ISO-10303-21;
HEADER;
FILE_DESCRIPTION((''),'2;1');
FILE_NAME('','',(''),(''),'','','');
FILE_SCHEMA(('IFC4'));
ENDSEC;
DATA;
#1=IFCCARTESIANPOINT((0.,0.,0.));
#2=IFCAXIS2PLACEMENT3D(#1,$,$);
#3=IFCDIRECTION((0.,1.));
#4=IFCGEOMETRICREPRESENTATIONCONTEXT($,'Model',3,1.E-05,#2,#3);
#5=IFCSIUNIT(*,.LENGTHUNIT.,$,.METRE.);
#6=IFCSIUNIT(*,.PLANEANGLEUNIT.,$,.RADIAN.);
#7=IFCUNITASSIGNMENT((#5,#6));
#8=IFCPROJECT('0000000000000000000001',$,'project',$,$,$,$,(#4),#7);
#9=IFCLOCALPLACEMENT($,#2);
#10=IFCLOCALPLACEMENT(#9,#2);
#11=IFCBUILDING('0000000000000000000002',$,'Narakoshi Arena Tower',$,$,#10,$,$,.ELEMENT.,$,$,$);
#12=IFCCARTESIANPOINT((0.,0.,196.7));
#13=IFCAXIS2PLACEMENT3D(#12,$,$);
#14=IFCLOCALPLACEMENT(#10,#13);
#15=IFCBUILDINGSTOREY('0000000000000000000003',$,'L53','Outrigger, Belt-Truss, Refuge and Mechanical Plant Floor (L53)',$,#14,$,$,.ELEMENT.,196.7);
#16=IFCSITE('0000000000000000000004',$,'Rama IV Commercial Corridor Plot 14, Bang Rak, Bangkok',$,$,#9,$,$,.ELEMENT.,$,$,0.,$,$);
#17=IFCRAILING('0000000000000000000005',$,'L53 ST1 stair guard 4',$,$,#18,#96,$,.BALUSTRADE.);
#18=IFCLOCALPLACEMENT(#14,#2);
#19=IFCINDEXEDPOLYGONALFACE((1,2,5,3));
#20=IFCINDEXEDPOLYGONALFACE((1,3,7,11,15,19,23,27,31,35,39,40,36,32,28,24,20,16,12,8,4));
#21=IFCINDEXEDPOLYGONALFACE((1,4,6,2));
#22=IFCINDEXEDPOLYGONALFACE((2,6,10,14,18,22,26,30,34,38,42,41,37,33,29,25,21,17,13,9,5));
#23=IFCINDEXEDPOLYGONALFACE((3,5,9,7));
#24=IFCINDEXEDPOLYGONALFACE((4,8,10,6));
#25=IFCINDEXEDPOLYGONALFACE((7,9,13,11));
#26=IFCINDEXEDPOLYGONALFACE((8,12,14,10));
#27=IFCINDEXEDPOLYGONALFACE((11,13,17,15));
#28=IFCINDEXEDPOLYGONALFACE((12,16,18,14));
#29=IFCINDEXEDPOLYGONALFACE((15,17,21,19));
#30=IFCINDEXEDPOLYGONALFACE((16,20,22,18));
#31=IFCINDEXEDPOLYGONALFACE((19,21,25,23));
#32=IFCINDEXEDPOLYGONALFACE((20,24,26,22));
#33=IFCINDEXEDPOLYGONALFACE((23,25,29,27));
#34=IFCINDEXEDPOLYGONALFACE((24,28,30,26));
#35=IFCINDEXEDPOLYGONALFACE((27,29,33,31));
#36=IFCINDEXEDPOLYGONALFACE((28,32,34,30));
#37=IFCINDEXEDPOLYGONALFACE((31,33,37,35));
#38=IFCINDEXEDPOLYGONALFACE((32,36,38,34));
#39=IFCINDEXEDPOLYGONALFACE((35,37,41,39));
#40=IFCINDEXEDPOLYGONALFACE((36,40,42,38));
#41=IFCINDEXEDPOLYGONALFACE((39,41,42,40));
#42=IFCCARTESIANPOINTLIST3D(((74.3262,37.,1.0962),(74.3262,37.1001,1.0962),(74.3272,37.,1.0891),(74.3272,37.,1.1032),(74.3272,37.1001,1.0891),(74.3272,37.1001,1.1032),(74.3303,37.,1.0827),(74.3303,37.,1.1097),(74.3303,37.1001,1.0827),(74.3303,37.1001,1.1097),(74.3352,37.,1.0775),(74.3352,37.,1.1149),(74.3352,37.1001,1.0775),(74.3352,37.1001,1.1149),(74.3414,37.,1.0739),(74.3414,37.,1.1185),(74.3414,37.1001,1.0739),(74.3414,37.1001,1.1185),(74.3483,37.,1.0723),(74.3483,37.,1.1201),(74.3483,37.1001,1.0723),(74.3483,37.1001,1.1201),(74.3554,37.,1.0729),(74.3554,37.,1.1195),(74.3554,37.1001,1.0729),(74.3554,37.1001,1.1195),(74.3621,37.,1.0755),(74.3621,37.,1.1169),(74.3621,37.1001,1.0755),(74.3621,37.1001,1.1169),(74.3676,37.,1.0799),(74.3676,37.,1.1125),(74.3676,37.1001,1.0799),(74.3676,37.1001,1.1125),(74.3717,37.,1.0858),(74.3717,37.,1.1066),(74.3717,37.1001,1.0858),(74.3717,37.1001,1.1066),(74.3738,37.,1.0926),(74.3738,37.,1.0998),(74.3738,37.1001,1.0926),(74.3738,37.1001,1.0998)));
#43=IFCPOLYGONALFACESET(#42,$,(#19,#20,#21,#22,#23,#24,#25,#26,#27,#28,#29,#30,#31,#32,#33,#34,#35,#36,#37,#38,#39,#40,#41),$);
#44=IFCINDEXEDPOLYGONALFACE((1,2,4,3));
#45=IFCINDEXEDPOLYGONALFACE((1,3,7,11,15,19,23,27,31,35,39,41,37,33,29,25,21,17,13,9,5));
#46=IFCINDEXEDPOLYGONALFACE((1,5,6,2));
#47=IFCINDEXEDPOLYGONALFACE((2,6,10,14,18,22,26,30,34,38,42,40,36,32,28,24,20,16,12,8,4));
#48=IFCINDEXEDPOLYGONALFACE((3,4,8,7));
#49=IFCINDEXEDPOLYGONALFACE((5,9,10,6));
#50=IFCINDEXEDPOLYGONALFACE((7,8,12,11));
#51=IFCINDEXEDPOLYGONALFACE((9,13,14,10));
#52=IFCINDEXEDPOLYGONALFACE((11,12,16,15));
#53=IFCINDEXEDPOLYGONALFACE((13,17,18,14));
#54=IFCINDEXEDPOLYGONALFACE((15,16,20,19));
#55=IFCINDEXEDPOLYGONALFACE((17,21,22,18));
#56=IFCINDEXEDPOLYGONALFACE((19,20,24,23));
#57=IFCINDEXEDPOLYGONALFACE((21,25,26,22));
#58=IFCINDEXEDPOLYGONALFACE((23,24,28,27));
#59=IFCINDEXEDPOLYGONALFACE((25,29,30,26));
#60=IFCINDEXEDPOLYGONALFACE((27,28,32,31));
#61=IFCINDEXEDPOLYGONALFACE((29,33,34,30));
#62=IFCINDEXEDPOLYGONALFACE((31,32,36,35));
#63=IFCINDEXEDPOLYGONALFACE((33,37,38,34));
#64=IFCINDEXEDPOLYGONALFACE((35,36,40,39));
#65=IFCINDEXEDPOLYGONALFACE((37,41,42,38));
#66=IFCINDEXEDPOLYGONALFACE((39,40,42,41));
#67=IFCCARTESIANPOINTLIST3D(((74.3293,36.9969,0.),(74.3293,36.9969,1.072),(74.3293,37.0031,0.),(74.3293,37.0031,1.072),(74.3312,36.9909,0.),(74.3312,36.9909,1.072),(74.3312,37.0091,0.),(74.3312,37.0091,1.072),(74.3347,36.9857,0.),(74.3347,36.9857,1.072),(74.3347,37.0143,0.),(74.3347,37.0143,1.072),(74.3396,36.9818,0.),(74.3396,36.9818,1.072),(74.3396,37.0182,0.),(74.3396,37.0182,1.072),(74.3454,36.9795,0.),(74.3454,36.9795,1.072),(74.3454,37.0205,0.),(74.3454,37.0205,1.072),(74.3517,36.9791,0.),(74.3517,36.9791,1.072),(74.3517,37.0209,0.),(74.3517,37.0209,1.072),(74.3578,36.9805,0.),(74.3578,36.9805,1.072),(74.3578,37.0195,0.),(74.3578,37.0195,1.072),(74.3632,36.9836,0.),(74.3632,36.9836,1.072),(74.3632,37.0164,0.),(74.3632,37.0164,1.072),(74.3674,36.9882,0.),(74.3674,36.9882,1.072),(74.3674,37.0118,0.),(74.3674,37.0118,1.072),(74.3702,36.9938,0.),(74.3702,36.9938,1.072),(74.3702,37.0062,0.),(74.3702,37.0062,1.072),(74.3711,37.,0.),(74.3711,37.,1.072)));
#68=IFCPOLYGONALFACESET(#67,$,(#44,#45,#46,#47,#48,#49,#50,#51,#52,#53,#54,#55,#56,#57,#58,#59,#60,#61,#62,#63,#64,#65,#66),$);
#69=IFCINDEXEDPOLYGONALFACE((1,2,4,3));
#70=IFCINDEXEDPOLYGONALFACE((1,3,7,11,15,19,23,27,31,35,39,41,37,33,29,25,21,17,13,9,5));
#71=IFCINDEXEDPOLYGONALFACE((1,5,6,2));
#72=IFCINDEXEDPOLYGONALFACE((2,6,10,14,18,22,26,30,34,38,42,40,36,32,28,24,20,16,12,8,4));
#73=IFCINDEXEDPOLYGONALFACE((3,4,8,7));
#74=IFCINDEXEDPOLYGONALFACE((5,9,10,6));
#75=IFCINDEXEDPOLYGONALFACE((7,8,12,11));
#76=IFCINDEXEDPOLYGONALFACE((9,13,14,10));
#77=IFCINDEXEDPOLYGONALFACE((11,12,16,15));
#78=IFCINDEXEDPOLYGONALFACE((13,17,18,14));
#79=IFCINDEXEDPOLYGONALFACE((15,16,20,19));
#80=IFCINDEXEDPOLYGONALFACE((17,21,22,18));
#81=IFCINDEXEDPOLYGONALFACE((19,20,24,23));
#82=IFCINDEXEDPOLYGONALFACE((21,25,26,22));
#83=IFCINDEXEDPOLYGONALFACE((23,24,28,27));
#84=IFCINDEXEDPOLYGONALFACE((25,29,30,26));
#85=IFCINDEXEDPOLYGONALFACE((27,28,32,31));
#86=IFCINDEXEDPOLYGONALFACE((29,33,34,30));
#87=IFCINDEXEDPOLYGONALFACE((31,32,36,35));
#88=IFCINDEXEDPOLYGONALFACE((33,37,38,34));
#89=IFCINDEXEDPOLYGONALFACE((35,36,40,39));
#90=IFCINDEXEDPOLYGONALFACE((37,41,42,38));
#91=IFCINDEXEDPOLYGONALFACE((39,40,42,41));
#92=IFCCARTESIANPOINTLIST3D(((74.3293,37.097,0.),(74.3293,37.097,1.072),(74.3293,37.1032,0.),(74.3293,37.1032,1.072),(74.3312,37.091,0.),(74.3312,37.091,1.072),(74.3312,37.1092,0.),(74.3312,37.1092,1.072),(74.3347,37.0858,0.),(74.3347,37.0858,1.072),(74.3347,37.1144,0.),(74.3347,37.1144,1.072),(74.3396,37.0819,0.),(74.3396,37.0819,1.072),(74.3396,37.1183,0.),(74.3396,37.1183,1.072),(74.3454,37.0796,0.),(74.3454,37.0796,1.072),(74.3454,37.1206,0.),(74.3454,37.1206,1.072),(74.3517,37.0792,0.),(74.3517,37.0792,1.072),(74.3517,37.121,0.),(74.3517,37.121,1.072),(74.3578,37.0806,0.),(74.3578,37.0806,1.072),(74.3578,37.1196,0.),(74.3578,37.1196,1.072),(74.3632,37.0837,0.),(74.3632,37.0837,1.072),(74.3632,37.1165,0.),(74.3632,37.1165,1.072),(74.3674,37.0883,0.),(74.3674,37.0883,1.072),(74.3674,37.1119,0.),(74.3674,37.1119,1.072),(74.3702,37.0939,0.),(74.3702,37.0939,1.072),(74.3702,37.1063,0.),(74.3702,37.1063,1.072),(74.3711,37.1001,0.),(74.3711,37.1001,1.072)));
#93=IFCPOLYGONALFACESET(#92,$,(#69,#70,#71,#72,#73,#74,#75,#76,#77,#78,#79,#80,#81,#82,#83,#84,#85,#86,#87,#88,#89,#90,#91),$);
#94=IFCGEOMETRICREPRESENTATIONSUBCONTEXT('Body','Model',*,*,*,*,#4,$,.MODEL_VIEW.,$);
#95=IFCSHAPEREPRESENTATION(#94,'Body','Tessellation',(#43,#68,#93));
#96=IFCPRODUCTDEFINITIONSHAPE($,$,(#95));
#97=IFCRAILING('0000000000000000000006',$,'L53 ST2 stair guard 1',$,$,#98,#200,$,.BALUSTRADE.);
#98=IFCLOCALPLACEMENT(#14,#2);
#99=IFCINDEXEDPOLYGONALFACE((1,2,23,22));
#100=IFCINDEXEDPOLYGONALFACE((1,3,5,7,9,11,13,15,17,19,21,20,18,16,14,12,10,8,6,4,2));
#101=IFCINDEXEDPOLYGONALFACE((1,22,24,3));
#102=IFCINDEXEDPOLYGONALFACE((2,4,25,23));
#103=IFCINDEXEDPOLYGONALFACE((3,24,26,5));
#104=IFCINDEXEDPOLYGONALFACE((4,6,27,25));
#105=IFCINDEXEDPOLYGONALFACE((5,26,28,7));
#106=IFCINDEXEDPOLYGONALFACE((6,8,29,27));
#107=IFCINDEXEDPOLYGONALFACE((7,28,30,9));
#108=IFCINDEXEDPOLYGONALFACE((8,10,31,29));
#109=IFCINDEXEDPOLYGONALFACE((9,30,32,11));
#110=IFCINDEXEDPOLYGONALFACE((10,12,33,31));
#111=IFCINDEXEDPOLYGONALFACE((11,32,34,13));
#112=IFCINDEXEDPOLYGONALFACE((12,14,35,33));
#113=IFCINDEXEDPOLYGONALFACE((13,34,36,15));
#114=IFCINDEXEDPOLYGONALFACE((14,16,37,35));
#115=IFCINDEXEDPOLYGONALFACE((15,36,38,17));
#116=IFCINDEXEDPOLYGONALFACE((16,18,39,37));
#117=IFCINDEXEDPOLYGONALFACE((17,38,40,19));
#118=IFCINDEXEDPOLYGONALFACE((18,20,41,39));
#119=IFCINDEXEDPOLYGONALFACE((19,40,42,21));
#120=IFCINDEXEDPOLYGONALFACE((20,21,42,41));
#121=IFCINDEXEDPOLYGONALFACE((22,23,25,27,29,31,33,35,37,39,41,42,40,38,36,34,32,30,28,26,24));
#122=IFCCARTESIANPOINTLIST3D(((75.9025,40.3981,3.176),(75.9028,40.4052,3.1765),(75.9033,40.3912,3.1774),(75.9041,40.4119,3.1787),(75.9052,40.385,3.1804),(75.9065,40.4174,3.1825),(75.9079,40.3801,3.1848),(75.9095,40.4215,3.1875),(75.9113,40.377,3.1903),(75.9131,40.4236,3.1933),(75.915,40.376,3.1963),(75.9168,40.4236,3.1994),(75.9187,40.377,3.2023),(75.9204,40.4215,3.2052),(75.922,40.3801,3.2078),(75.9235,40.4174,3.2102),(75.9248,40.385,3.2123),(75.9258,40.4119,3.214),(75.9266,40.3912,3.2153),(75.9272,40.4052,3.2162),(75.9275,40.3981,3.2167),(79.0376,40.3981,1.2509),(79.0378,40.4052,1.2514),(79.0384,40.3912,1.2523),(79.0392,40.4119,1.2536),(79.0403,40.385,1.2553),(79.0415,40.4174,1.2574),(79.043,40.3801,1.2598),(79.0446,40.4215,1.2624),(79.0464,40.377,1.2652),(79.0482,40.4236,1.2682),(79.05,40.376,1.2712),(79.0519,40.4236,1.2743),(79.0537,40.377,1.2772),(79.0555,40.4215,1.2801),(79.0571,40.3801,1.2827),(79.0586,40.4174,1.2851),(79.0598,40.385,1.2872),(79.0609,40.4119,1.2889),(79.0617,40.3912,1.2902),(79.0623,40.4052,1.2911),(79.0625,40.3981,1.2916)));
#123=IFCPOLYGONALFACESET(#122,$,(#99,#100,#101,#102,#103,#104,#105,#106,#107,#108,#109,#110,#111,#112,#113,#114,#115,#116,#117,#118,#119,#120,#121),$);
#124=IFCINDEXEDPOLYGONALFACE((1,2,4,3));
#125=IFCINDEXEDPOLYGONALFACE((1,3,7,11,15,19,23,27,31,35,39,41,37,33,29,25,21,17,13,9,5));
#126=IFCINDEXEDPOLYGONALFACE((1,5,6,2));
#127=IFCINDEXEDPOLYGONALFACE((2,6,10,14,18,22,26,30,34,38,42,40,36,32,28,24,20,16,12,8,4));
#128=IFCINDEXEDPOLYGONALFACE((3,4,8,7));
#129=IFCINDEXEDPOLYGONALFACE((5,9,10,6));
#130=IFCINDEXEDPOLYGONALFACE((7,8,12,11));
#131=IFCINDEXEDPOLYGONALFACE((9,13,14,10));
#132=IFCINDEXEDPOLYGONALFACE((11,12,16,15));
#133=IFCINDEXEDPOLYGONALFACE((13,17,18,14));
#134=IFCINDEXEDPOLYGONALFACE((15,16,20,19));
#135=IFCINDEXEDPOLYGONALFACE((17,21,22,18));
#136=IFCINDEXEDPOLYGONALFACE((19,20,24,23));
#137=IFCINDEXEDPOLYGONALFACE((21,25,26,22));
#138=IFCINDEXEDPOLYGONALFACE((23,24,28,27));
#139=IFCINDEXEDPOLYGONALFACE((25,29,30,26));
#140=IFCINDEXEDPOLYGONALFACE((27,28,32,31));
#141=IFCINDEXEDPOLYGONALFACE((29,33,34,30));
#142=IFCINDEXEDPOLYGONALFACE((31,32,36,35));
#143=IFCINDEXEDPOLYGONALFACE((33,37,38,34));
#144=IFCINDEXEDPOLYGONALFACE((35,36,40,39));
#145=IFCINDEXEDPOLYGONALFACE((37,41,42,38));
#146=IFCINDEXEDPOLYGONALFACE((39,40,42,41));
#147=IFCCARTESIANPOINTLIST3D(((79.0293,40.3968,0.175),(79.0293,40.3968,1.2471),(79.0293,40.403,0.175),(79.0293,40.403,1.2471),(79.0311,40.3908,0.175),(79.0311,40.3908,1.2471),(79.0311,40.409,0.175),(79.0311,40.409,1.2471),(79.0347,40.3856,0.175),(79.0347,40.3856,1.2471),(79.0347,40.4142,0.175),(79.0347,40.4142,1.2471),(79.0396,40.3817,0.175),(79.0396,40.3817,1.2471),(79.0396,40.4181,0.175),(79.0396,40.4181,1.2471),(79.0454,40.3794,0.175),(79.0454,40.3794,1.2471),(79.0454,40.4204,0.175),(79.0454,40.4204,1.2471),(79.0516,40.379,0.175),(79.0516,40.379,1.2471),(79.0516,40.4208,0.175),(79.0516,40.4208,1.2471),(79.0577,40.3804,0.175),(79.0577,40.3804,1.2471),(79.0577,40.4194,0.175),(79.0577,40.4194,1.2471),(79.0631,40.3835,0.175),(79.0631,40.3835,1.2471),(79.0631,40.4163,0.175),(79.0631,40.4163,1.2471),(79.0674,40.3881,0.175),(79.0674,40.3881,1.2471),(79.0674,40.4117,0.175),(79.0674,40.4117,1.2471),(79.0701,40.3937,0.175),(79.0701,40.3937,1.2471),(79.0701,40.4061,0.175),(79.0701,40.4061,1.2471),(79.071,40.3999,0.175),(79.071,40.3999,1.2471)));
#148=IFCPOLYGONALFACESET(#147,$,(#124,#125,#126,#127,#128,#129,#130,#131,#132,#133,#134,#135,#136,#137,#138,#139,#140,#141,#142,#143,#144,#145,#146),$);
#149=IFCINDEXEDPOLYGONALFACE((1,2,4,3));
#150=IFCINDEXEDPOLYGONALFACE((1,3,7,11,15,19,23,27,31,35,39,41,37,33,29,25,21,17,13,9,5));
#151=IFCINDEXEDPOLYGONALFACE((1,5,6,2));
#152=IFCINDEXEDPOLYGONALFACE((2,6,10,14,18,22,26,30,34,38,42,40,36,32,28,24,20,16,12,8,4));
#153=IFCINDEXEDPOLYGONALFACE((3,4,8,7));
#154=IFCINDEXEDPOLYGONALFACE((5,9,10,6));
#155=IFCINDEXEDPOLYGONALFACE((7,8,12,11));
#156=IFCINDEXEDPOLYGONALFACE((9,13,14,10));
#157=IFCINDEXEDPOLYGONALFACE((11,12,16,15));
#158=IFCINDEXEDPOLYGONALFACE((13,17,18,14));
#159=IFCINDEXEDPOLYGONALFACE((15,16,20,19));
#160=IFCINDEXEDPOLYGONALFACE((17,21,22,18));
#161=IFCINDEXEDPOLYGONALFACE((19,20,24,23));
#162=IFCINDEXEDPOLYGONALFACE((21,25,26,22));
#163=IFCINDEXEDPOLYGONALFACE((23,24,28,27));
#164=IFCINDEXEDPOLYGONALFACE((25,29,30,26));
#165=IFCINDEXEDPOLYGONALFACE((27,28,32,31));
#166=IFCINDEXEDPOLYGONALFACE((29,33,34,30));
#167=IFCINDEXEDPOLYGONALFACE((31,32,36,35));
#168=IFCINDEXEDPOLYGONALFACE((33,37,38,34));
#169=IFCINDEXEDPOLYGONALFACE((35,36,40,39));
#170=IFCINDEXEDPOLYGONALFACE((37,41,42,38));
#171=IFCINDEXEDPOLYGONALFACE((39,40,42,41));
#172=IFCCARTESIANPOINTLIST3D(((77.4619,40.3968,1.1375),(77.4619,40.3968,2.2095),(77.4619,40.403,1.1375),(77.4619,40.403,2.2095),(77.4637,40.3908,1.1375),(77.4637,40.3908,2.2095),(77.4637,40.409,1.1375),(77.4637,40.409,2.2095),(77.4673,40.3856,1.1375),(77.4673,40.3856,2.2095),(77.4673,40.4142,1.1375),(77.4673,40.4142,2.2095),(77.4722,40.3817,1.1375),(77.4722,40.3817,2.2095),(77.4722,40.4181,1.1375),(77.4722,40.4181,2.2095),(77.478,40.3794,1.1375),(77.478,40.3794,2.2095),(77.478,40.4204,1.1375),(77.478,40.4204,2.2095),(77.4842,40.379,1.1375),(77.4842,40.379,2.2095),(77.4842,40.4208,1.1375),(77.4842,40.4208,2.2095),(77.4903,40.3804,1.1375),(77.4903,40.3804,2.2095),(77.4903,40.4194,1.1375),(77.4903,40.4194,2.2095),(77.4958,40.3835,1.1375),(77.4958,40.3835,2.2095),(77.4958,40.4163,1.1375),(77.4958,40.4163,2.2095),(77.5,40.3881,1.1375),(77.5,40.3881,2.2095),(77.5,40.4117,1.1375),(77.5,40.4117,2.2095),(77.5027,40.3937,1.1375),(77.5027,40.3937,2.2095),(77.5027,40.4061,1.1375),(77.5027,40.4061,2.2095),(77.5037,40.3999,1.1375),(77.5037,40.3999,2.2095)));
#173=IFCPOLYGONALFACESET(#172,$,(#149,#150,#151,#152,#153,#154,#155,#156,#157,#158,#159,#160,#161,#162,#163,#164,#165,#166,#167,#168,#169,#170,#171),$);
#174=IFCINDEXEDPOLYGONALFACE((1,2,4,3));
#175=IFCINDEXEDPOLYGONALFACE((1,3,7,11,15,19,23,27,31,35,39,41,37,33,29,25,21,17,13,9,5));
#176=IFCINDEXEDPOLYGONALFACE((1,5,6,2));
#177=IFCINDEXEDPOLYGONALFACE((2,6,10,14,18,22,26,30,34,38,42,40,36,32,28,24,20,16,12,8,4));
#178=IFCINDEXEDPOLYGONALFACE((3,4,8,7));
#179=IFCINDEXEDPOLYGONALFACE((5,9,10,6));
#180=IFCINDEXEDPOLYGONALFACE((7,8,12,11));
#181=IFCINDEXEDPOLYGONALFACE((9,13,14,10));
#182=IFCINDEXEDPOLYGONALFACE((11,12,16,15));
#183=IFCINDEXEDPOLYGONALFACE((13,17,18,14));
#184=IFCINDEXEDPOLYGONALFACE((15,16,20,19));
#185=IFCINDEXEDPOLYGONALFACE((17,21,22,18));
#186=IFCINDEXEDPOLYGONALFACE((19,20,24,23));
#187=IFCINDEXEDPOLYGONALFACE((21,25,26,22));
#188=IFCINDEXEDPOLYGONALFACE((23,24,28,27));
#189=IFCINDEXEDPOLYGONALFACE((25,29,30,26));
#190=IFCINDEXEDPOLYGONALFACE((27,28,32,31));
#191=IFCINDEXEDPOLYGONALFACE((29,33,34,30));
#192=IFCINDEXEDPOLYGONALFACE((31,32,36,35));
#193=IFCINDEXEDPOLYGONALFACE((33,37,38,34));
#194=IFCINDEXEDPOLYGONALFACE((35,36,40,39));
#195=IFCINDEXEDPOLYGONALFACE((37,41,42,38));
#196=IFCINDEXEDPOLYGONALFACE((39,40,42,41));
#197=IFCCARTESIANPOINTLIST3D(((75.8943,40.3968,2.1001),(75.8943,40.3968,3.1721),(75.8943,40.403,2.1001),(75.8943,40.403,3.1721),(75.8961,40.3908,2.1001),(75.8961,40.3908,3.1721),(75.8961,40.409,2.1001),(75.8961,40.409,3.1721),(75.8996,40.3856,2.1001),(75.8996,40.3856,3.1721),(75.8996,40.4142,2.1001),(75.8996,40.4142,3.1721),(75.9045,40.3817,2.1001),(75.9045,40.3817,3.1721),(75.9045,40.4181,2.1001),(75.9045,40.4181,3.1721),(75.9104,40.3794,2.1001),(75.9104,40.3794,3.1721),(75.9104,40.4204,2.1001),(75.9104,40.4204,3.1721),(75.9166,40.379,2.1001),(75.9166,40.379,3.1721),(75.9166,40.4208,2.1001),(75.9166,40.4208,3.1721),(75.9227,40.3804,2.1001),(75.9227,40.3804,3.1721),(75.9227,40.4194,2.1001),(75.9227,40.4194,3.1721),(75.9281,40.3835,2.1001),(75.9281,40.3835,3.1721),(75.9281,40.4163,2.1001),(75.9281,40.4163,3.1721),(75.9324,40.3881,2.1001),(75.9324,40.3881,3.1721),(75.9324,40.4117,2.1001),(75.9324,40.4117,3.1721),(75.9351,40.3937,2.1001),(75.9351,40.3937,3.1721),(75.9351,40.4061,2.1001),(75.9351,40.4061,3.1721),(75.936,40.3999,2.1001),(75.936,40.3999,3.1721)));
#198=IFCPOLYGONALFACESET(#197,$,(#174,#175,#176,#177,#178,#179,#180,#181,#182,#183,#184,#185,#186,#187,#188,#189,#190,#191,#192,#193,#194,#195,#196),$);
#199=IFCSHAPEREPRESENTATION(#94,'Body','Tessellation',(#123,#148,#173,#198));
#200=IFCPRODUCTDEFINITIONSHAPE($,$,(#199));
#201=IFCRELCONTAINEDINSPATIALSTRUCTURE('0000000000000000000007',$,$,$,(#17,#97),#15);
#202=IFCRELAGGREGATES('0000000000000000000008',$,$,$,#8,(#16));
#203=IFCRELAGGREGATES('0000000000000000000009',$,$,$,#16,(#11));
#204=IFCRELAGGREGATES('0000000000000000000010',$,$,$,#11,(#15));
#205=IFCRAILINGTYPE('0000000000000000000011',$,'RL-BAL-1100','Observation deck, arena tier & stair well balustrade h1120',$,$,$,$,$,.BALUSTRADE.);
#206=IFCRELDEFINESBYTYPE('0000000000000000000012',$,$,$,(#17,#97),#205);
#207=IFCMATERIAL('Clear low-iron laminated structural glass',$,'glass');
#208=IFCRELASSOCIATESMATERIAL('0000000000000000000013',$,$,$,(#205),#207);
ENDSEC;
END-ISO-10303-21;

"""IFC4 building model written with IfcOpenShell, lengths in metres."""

from ifc_helpers import new_model, si_unit, direction, frame, origin, origin_2d, place, context, subcontext, project, spatial, circle, extrude, material, type_object, element, save


model = new_model("IFC4")

# Units and contexts
model_context = context("Model", 3, precision=1e-05, world=origin(), true_north=direction((0.0, 1.0)))
body_context = subcontext(model_context, "Body", "Model", "MODEL_VIEW")
ifc_project = project(units=[si_unit("LENGTHUNIT", "METRE"), si_unit("PLANEANGLEUNIT", "RADIAN")], contexts=[model_context])

# Site, building, storey
site_placement = place(None, origin())
site = spatial("IfcSite", under=ifc_project, at=site_placement, Name="Rama IV Commercial Corridor Plot 14, Bang Rak, Bangkok", CompositionType="ELEMENT", RefElevation=0.0)
building_placement = place(site_placement, origin())
building = spatial("IfcBuilding", under=site, at=building_placement, Name="Narakoshi Arena Tower", CompositionType="ELEMENT")
storey_placement = place(building_placement, frame((0.0, 0.0, 196.7)))
storey = spatial("IfcBuildingStorey", under=building, at=storey_placement, Name="L53", Description="Outrigger, Belt-Truss, Refuge and Mechanical Plant Floor (L53)", CompositionType="ELEMENT", Elevation=196.7)

# Railings
ifc_material_1 = material(Name="Clear low-iron laminated structural glass", Category="glass")
railing_type_1 = type_object("IfcRailingType", Name="RL-BAL-1100", Description="Observation deck, arena tier & stair well balustrade h1120", PredefinedType="BALUSTRADE", material=ifc_material_1)
railing_1_placement = place(storey_placement, frame((74.3501, 37.0, 0.0)))
element("IfcRailing", 1, at=railing_1_placement, inside=storey, type_object=railing_type_1, Name="L53 ST1 stair guard 4", PredefinedType="BALUSTRADE", context=body_context, shape_type="SweptSolid", body=[
    extrude(circle(Radius=0.0239, at=origin_2d()), frame((0.0, 0.0, 1.0962), z_axis=(0.0, 1.0, 0.0), x_axis=(-1.0, 0.0, 0.0)), (0.0, 0.0, 1.0), 0.1001),
    extrude(circle(Radius=0.021, at=origin_2d()), origin(), (0.0, 0.0, 1.0), 1.072),
    extrude(circle(Radius=0.021, at=origin_2d()), frame((0.0, 0.1001, 0.0)), (0.0, 0.0, 1.0), 1.072),
])
railing_2_placement = place(storey_placement, frame((79.05, 40.3999, 0.175)))
element("IfcRailing", 2, at=railing_2_placement, inside=storey, type_object=railing_type_1, Name="L53 ST2 stair guard 1", PredefinedType="BALUSTRADE", context=body_context, shape_type="SweptSolid", body=[
    extrude(circle(Radius=0.0239, at=origin_2d()), frame((0.0, 0.0, 1.0962), z_axis=(-0.852166, 0.0, 0.523271), x_axis=(0.0, -1.0, 0.0)), (0.0, 0.0, 1.0), 3.679),
    extrude(circle(Radius=0.021, at=origin_2d()), origin(), (0.0, 0.0, 1.0), 1.072),
    extrude(circle(Radius=0.021, at=origin_2d()), frame((-1.5674, 0.0, 0.9624)), (0.0, 0.0, 1.0), 1.072),
    extrude(circle(Radius=0.021, at=origin_2d()), frame((-3.135, 0.0, 1.925)), (0.0, 0.0, 1.0), 1.072),
])

save(model, "model.ifc")
